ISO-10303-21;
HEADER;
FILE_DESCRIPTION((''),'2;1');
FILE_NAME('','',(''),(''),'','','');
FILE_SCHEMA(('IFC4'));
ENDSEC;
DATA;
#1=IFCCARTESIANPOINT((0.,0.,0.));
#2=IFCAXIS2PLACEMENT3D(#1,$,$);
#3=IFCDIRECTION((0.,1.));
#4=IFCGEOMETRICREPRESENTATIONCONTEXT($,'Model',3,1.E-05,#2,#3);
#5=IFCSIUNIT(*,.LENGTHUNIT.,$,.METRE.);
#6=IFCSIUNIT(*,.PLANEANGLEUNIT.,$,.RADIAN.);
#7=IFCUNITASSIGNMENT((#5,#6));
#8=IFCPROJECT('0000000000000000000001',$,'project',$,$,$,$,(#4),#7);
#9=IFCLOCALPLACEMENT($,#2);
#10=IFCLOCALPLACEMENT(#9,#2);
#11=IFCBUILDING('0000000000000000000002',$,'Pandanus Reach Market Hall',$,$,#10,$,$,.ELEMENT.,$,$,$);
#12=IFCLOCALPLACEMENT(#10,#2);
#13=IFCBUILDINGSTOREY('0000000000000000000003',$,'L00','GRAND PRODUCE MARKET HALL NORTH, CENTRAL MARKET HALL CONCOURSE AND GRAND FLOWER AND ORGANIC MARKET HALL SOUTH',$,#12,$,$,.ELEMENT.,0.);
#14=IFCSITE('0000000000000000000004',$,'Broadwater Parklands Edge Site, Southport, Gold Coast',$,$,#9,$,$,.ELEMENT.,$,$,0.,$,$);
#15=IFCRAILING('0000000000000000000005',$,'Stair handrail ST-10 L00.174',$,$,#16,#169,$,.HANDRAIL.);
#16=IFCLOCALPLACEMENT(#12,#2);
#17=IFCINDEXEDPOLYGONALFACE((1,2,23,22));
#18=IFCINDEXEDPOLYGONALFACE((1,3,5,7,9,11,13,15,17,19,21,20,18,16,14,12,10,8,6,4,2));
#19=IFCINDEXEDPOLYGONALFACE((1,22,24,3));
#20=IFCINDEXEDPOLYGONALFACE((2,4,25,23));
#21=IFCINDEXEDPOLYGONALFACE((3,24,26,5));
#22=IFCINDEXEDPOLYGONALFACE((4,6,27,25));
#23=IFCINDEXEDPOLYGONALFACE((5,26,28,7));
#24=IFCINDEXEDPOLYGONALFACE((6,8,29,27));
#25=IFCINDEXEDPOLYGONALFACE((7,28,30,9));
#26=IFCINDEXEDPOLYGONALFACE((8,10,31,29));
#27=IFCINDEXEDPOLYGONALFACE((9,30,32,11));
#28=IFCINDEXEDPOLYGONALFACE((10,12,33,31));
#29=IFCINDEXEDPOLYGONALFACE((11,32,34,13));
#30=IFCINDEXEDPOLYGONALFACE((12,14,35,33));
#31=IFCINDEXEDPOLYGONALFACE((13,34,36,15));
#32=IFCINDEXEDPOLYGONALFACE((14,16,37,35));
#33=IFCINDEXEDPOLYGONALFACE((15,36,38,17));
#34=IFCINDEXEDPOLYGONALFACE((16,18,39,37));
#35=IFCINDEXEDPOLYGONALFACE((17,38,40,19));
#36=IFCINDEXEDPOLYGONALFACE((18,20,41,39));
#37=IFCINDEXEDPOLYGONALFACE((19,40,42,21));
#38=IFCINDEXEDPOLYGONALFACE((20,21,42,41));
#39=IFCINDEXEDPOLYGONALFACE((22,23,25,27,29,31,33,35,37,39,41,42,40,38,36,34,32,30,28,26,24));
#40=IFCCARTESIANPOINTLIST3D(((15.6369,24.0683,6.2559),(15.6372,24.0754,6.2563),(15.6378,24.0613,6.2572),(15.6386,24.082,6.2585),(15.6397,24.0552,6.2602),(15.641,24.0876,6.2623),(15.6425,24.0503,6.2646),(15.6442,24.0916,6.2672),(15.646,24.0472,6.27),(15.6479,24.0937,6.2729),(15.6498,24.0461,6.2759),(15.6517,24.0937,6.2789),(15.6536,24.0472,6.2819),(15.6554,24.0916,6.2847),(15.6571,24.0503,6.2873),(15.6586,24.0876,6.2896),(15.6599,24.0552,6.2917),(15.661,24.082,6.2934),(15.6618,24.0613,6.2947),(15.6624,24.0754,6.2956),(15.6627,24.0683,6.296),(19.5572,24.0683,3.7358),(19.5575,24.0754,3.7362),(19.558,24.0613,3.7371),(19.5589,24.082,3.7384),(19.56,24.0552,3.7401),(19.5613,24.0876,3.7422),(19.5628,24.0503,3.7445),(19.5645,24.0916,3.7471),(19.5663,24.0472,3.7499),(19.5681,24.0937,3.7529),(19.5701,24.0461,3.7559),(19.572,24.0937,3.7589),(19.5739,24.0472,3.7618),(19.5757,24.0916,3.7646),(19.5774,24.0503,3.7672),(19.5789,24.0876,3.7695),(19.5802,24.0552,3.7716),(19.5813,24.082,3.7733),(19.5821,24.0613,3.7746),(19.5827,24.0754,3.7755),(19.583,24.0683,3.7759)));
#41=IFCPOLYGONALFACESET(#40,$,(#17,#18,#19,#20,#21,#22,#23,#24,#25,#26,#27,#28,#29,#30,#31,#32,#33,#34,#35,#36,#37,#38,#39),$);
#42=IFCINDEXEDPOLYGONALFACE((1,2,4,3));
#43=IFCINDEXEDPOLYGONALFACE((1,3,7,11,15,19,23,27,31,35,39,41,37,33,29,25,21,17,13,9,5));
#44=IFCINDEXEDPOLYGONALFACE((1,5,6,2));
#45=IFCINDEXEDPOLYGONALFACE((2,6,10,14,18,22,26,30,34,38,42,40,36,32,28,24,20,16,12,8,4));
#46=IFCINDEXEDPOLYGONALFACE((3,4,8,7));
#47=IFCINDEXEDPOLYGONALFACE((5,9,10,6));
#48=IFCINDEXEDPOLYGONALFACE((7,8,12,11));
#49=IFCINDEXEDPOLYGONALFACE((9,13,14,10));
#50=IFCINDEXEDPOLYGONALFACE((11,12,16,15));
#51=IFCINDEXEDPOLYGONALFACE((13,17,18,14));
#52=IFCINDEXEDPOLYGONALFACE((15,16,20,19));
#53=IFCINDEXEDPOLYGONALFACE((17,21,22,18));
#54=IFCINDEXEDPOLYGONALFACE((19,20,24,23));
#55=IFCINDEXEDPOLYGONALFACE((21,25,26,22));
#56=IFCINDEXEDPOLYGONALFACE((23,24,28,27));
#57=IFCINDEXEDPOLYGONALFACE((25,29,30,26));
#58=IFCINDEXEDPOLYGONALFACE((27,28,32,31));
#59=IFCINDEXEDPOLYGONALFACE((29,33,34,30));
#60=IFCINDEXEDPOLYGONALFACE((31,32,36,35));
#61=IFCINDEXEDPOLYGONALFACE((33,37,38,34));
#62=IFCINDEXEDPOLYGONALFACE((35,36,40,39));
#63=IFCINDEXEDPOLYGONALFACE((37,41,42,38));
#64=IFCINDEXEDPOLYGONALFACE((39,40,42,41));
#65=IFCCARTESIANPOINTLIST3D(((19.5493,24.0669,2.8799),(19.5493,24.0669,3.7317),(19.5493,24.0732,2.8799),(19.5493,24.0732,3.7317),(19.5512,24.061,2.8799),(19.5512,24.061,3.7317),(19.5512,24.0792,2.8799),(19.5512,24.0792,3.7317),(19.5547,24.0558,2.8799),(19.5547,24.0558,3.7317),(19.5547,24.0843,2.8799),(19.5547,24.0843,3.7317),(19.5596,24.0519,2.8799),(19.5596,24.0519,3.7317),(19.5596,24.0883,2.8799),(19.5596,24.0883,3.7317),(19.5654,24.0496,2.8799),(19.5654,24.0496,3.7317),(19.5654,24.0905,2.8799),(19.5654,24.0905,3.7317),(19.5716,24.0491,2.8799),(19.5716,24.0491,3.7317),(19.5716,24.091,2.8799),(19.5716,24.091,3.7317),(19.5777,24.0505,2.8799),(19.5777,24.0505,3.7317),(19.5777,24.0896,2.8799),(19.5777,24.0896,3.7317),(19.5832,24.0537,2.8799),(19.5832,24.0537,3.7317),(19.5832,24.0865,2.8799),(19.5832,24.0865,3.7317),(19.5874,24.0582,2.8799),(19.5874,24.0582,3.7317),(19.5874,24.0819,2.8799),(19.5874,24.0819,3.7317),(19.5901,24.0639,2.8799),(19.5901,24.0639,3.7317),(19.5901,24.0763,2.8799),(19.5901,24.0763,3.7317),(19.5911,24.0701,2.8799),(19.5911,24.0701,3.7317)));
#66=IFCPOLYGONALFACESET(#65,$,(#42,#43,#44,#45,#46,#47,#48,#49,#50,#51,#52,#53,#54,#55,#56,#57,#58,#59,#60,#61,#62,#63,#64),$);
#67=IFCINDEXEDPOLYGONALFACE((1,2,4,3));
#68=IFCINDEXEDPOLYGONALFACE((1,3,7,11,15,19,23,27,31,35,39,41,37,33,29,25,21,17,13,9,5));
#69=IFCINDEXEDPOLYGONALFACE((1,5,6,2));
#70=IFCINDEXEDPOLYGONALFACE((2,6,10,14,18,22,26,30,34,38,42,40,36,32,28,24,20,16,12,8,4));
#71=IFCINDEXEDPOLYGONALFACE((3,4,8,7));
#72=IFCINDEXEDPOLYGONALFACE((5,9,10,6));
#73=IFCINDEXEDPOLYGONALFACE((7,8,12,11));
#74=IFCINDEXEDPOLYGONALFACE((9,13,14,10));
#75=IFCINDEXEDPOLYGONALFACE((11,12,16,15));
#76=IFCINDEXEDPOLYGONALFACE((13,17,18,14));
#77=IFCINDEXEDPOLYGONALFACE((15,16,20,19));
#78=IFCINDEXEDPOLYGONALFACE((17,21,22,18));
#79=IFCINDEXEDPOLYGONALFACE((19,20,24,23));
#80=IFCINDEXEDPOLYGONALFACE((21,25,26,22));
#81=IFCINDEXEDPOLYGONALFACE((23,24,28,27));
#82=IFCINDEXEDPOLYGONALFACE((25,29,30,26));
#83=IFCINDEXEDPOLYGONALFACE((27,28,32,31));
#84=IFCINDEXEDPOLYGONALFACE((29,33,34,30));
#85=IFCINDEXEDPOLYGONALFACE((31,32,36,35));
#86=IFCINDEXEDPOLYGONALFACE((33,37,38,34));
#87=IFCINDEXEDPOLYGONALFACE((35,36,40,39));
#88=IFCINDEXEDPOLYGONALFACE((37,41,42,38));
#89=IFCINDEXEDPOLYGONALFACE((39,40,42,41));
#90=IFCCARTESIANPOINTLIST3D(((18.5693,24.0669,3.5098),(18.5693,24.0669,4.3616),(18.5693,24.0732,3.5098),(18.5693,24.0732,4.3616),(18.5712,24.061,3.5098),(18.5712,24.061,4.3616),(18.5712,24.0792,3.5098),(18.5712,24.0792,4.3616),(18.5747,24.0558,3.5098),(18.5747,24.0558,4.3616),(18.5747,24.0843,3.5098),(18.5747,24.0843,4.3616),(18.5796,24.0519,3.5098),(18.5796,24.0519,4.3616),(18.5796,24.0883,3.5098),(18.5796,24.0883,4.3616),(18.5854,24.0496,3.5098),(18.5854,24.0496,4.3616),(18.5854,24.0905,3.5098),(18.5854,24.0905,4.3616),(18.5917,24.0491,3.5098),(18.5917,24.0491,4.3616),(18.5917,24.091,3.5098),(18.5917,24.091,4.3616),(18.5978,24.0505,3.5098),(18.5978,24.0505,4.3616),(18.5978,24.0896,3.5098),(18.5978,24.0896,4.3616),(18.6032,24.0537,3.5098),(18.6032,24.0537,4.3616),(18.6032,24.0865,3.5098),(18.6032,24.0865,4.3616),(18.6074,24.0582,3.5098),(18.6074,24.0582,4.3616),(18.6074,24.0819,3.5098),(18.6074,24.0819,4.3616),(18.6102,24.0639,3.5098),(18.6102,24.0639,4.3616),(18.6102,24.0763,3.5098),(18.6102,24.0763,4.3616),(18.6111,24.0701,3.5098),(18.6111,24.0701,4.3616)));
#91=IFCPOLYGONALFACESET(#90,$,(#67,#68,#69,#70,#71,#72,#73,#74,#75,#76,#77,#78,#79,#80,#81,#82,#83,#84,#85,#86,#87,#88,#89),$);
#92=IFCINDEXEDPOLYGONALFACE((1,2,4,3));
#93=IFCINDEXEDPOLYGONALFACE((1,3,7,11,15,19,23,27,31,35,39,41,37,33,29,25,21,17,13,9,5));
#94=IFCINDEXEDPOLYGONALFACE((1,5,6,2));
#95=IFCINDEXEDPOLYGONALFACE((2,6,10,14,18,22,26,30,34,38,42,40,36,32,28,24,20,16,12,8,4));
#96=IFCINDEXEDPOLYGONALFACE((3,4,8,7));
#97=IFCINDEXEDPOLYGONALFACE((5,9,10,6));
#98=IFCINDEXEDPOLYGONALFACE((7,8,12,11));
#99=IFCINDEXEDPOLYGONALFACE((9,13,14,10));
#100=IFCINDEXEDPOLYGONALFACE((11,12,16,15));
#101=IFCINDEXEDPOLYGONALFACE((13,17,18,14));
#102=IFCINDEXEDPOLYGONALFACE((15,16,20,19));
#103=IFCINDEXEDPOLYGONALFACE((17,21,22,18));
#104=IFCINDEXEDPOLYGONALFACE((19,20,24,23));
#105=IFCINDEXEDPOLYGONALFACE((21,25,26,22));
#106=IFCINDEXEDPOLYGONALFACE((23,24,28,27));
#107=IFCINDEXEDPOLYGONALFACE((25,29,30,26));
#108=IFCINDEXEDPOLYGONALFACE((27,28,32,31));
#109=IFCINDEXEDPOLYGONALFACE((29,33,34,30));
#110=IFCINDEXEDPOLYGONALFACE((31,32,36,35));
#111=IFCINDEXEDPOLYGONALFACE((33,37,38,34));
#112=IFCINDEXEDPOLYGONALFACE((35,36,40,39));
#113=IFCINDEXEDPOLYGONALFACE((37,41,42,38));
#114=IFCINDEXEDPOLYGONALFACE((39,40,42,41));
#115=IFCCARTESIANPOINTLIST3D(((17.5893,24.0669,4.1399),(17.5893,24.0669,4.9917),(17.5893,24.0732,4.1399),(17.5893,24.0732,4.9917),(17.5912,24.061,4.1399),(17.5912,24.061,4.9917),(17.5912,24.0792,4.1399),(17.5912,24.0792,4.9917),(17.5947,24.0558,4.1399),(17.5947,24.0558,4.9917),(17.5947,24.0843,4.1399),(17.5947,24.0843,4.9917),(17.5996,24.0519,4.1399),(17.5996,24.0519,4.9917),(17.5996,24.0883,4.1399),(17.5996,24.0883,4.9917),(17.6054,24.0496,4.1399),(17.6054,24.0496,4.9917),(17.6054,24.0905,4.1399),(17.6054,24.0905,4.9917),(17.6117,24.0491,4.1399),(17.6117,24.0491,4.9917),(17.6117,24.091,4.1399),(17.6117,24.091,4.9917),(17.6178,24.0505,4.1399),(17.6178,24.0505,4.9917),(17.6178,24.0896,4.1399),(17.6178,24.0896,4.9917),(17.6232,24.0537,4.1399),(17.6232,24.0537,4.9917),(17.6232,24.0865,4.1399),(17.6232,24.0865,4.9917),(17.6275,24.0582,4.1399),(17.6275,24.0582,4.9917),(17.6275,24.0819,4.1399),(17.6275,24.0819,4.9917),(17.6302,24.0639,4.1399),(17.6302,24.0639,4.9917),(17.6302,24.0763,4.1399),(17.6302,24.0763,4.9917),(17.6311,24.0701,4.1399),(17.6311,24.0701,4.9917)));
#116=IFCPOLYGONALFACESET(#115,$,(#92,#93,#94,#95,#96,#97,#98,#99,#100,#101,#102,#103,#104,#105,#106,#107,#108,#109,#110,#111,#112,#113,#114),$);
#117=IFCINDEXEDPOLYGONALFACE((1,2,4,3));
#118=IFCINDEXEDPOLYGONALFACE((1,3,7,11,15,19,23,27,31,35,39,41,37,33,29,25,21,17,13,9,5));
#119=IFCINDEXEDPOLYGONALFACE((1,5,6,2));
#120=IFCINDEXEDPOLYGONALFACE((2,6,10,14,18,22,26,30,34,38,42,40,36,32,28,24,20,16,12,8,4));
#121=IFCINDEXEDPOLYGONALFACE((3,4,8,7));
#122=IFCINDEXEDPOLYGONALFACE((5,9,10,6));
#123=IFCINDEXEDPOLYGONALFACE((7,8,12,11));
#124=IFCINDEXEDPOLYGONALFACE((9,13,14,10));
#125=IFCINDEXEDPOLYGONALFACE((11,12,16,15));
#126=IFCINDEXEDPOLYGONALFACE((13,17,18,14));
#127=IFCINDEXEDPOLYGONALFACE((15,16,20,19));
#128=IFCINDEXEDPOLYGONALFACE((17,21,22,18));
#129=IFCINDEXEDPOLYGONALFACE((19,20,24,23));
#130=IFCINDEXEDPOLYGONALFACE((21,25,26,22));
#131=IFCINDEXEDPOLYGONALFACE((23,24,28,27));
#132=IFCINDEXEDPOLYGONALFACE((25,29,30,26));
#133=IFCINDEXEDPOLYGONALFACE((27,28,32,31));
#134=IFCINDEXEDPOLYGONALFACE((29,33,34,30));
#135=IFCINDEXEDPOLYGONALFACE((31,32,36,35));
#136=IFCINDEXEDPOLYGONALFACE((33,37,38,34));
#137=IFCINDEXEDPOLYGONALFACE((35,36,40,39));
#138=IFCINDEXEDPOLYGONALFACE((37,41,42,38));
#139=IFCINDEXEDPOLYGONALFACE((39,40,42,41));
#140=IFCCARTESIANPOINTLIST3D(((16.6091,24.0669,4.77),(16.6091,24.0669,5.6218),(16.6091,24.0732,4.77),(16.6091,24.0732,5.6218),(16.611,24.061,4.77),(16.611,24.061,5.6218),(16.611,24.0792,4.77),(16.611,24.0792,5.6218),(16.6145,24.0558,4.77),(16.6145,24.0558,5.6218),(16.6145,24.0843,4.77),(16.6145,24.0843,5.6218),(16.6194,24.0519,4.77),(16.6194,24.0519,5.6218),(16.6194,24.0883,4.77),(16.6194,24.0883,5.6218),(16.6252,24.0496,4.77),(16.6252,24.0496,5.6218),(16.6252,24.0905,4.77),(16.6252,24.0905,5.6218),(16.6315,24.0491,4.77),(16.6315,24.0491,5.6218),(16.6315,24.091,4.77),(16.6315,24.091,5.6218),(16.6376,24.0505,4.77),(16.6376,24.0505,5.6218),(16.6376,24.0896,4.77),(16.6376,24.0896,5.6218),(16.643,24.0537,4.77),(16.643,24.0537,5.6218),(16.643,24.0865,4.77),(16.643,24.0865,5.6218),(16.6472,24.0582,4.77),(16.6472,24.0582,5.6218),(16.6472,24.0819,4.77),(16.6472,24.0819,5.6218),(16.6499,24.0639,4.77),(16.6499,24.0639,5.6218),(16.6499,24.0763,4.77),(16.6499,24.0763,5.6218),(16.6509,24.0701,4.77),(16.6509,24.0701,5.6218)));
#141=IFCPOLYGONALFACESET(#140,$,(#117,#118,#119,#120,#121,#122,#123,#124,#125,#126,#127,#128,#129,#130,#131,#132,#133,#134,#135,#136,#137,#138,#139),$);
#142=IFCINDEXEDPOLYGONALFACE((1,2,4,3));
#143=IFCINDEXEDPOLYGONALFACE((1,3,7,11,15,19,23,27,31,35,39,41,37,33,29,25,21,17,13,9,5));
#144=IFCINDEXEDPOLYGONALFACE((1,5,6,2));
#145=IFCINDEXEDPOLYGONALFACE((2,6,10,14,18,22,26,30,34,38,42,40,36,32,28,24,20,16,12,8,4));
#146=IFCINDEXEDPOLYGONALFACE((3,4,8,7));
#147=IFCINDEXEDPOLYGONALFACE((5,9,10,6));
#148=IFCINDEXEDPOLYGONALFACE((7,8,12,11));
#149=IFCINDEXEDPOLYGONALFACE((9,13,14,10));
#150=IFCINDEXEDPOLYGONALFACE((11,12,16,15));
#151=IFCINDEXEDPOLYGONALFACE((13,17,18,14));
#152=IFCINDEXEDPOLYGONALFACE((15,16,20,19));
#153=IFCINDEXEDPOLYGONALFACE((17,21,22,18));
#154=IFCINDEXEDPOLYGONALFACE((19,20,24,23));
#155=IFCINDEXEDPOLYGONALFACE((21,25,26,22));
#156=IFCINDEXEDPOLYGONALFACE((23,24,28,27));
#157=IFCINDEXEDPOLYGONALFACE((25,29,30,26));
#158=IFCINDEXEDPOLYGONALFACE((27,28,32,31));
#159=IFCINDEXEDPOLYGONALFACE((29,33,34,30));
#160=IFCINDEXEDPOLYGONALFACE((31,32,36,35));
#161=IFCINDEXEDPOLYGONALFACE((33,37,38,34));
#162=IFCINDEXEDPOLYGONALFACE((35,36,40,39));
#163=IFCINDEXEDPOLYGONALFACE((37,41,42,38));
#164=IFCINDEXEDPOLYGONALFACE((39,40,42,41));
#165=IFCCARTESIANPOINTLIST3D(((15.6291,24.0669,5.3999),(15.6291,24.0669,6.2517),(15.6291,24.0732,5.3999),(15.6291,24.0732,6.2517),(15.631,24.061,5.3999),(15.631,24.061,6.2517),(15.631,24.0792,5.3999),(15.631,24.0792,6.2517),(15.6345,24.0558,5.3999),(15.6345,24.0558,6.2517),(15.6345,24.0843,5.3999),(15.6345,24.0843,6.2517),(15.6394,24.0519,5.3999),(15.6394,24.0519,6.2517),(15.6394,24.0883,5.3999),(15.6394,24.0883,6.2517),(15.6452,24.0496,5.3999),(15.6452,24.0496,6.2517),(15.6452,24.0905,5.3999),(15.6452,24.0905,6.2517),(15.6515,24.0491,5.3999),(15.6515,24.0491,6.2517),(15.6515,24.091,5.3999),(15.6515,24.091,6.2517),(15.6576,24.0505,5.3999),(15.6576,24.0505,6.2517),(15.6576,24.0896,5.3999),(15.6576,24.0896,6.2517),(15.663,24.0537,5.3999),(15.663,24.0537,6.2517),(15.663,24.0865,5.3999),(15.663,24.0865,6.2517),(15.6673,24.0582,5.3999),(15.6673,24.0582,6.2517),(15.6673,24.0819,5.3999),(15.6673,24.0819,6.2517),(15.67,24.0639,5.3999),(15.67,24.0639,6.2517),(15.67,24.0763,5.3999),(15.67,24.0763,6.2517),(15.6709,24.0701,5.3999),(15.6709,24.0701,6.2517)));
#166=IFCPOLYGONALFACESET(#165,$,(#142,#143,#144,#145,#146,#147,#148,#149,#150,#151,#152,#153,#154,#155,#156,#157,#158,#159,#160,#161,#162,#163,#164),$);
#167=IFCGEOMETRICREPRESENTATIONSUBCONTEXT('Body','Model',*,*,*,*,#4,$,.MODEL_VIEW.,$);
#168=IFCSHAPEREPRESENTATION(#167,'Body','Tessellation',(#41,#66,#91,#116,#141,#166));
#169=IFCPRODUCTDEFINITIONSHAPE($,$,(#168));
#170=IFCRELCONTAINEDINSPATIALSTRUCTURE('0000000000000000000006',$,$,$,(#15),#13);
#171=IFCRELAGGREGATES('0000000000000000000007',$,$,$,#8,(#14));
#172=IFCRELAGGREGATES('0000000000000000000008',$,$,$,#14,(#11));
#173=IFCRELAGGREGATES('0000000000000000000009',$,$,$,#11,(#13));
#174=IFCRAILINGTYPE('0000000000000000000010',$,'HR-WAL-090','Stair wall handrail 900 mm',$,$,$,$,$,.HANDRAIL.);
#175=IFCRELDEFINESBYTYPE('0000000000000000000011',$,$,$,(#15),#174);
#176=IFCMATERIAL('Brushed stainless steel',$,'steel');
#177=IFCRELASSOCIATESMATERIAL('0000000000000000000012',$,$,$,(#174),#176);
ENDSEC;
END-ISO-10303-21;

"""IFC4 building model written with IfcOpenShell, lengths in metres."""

from ifc_helpers import new_model, si_unit, direction, frame, origin, origin_2d, place, context, subcontext, project, spatial, circle, extrude, material, type_object, element, save


model = new_model("IFC4")

# Units and contexts
model_context = context("Model", 3, precision=1e-05, world=origin(), true_north=direction((0.0, 1.0)))
body_context = subcontext(model_context, "Body", "Model", "MODEL_VIEW")
ifc_project = project(units=[si_unit("LENGTHUNIT", "METRE"), si_unit("PLANEANGLEUNIT", "RADIAN")], contexts=[model_context])

# Site, building, storey
site_placement = place(None, origin())
site = spatial("IfcSite", under=ifc_project, at=site_placement, Name="Broadwater Parklands Edge Site, Southport, Gold Coast", CompositionType="ELEMENT", RefElevation=0.0)
building_placement = place(site_placement, origin())
building = spatial("IfcBuilding", under=site, at=building_placement, Name="Pandanus Reach Market Hall", CompositionType="ELEMENT")
storey_placement = place(building_placement, origin())
storey = spatial("IfcBuildingStorey", under=building, at=storey_placement, Name="L00", Description="GRAND PRODUCE MARKET HALL NORTH, CENTRAL MARKET HALL CONCOURSE AND GRAND FLOWER AND ORGANIC MARKET HALL SOUTH", CompositionType="ELEMENT", Elevation=0.0)

# Railing
ifc_material_1 = material(Name="Brushed stainless steel", Category="steel")
railing_type_1 = type_object("IfcRailingType", Name="HR-WAL-090", Description="Stair wall handrail 900 mm", PredefinedType="HANDRAIL", material=ifc_material_1)
railing_1_placement = place(storey_placement, frame((19.5701, 24.0701, 2.8799)))
element("IfcRailing", 1, at=railing_1_placement, inside=storey, type_object=railing_type_1, Name="Stair handrail ST-10 L00.174", PredefinedType="HANDRAIL", context=body_context, shape_type="SweptSolid", body=[
    extrude(circle(Radius=0.0239, at=origin_2d()), frame((0.0, 0.0, 0.876), z_axis=(-0.841187, 0.0, 0.540744), x_axis=(0.0, -1.0, 0.0)), (0.0, 0.0, 1.0), 4.6604),
    extrude(circle(Radius=0.021, at=origin_2d()), origin(), (0.0, 0.0, 1.0), 0.8518),
    extrude(circle(Radius=0.021, at=origin_2d()), frame((-0.98, 0.0, 0.6299)), (0.0, 0.0, 1.0), 0.8518),
    extrude(circle(Radius=0.021, at=origin_2d()), frame((-1.96, 0.0, 1.26)), (0.0, 0.0, 1.0), 0.8518),
    extrude(circle(Radius=0.021, at=origin_2d()), frame((-2.9402, 0.0, 1.8901)), (0.0, 0.0, 1.0), 0.8518),
    extrude(circle(Radius=0.021, at=origin_2d()), frame((-3.9202, 0.0, 2.52)), (0.0, 0.0, 1.0), 0.8518),
])

save(model, "model.ifc")
